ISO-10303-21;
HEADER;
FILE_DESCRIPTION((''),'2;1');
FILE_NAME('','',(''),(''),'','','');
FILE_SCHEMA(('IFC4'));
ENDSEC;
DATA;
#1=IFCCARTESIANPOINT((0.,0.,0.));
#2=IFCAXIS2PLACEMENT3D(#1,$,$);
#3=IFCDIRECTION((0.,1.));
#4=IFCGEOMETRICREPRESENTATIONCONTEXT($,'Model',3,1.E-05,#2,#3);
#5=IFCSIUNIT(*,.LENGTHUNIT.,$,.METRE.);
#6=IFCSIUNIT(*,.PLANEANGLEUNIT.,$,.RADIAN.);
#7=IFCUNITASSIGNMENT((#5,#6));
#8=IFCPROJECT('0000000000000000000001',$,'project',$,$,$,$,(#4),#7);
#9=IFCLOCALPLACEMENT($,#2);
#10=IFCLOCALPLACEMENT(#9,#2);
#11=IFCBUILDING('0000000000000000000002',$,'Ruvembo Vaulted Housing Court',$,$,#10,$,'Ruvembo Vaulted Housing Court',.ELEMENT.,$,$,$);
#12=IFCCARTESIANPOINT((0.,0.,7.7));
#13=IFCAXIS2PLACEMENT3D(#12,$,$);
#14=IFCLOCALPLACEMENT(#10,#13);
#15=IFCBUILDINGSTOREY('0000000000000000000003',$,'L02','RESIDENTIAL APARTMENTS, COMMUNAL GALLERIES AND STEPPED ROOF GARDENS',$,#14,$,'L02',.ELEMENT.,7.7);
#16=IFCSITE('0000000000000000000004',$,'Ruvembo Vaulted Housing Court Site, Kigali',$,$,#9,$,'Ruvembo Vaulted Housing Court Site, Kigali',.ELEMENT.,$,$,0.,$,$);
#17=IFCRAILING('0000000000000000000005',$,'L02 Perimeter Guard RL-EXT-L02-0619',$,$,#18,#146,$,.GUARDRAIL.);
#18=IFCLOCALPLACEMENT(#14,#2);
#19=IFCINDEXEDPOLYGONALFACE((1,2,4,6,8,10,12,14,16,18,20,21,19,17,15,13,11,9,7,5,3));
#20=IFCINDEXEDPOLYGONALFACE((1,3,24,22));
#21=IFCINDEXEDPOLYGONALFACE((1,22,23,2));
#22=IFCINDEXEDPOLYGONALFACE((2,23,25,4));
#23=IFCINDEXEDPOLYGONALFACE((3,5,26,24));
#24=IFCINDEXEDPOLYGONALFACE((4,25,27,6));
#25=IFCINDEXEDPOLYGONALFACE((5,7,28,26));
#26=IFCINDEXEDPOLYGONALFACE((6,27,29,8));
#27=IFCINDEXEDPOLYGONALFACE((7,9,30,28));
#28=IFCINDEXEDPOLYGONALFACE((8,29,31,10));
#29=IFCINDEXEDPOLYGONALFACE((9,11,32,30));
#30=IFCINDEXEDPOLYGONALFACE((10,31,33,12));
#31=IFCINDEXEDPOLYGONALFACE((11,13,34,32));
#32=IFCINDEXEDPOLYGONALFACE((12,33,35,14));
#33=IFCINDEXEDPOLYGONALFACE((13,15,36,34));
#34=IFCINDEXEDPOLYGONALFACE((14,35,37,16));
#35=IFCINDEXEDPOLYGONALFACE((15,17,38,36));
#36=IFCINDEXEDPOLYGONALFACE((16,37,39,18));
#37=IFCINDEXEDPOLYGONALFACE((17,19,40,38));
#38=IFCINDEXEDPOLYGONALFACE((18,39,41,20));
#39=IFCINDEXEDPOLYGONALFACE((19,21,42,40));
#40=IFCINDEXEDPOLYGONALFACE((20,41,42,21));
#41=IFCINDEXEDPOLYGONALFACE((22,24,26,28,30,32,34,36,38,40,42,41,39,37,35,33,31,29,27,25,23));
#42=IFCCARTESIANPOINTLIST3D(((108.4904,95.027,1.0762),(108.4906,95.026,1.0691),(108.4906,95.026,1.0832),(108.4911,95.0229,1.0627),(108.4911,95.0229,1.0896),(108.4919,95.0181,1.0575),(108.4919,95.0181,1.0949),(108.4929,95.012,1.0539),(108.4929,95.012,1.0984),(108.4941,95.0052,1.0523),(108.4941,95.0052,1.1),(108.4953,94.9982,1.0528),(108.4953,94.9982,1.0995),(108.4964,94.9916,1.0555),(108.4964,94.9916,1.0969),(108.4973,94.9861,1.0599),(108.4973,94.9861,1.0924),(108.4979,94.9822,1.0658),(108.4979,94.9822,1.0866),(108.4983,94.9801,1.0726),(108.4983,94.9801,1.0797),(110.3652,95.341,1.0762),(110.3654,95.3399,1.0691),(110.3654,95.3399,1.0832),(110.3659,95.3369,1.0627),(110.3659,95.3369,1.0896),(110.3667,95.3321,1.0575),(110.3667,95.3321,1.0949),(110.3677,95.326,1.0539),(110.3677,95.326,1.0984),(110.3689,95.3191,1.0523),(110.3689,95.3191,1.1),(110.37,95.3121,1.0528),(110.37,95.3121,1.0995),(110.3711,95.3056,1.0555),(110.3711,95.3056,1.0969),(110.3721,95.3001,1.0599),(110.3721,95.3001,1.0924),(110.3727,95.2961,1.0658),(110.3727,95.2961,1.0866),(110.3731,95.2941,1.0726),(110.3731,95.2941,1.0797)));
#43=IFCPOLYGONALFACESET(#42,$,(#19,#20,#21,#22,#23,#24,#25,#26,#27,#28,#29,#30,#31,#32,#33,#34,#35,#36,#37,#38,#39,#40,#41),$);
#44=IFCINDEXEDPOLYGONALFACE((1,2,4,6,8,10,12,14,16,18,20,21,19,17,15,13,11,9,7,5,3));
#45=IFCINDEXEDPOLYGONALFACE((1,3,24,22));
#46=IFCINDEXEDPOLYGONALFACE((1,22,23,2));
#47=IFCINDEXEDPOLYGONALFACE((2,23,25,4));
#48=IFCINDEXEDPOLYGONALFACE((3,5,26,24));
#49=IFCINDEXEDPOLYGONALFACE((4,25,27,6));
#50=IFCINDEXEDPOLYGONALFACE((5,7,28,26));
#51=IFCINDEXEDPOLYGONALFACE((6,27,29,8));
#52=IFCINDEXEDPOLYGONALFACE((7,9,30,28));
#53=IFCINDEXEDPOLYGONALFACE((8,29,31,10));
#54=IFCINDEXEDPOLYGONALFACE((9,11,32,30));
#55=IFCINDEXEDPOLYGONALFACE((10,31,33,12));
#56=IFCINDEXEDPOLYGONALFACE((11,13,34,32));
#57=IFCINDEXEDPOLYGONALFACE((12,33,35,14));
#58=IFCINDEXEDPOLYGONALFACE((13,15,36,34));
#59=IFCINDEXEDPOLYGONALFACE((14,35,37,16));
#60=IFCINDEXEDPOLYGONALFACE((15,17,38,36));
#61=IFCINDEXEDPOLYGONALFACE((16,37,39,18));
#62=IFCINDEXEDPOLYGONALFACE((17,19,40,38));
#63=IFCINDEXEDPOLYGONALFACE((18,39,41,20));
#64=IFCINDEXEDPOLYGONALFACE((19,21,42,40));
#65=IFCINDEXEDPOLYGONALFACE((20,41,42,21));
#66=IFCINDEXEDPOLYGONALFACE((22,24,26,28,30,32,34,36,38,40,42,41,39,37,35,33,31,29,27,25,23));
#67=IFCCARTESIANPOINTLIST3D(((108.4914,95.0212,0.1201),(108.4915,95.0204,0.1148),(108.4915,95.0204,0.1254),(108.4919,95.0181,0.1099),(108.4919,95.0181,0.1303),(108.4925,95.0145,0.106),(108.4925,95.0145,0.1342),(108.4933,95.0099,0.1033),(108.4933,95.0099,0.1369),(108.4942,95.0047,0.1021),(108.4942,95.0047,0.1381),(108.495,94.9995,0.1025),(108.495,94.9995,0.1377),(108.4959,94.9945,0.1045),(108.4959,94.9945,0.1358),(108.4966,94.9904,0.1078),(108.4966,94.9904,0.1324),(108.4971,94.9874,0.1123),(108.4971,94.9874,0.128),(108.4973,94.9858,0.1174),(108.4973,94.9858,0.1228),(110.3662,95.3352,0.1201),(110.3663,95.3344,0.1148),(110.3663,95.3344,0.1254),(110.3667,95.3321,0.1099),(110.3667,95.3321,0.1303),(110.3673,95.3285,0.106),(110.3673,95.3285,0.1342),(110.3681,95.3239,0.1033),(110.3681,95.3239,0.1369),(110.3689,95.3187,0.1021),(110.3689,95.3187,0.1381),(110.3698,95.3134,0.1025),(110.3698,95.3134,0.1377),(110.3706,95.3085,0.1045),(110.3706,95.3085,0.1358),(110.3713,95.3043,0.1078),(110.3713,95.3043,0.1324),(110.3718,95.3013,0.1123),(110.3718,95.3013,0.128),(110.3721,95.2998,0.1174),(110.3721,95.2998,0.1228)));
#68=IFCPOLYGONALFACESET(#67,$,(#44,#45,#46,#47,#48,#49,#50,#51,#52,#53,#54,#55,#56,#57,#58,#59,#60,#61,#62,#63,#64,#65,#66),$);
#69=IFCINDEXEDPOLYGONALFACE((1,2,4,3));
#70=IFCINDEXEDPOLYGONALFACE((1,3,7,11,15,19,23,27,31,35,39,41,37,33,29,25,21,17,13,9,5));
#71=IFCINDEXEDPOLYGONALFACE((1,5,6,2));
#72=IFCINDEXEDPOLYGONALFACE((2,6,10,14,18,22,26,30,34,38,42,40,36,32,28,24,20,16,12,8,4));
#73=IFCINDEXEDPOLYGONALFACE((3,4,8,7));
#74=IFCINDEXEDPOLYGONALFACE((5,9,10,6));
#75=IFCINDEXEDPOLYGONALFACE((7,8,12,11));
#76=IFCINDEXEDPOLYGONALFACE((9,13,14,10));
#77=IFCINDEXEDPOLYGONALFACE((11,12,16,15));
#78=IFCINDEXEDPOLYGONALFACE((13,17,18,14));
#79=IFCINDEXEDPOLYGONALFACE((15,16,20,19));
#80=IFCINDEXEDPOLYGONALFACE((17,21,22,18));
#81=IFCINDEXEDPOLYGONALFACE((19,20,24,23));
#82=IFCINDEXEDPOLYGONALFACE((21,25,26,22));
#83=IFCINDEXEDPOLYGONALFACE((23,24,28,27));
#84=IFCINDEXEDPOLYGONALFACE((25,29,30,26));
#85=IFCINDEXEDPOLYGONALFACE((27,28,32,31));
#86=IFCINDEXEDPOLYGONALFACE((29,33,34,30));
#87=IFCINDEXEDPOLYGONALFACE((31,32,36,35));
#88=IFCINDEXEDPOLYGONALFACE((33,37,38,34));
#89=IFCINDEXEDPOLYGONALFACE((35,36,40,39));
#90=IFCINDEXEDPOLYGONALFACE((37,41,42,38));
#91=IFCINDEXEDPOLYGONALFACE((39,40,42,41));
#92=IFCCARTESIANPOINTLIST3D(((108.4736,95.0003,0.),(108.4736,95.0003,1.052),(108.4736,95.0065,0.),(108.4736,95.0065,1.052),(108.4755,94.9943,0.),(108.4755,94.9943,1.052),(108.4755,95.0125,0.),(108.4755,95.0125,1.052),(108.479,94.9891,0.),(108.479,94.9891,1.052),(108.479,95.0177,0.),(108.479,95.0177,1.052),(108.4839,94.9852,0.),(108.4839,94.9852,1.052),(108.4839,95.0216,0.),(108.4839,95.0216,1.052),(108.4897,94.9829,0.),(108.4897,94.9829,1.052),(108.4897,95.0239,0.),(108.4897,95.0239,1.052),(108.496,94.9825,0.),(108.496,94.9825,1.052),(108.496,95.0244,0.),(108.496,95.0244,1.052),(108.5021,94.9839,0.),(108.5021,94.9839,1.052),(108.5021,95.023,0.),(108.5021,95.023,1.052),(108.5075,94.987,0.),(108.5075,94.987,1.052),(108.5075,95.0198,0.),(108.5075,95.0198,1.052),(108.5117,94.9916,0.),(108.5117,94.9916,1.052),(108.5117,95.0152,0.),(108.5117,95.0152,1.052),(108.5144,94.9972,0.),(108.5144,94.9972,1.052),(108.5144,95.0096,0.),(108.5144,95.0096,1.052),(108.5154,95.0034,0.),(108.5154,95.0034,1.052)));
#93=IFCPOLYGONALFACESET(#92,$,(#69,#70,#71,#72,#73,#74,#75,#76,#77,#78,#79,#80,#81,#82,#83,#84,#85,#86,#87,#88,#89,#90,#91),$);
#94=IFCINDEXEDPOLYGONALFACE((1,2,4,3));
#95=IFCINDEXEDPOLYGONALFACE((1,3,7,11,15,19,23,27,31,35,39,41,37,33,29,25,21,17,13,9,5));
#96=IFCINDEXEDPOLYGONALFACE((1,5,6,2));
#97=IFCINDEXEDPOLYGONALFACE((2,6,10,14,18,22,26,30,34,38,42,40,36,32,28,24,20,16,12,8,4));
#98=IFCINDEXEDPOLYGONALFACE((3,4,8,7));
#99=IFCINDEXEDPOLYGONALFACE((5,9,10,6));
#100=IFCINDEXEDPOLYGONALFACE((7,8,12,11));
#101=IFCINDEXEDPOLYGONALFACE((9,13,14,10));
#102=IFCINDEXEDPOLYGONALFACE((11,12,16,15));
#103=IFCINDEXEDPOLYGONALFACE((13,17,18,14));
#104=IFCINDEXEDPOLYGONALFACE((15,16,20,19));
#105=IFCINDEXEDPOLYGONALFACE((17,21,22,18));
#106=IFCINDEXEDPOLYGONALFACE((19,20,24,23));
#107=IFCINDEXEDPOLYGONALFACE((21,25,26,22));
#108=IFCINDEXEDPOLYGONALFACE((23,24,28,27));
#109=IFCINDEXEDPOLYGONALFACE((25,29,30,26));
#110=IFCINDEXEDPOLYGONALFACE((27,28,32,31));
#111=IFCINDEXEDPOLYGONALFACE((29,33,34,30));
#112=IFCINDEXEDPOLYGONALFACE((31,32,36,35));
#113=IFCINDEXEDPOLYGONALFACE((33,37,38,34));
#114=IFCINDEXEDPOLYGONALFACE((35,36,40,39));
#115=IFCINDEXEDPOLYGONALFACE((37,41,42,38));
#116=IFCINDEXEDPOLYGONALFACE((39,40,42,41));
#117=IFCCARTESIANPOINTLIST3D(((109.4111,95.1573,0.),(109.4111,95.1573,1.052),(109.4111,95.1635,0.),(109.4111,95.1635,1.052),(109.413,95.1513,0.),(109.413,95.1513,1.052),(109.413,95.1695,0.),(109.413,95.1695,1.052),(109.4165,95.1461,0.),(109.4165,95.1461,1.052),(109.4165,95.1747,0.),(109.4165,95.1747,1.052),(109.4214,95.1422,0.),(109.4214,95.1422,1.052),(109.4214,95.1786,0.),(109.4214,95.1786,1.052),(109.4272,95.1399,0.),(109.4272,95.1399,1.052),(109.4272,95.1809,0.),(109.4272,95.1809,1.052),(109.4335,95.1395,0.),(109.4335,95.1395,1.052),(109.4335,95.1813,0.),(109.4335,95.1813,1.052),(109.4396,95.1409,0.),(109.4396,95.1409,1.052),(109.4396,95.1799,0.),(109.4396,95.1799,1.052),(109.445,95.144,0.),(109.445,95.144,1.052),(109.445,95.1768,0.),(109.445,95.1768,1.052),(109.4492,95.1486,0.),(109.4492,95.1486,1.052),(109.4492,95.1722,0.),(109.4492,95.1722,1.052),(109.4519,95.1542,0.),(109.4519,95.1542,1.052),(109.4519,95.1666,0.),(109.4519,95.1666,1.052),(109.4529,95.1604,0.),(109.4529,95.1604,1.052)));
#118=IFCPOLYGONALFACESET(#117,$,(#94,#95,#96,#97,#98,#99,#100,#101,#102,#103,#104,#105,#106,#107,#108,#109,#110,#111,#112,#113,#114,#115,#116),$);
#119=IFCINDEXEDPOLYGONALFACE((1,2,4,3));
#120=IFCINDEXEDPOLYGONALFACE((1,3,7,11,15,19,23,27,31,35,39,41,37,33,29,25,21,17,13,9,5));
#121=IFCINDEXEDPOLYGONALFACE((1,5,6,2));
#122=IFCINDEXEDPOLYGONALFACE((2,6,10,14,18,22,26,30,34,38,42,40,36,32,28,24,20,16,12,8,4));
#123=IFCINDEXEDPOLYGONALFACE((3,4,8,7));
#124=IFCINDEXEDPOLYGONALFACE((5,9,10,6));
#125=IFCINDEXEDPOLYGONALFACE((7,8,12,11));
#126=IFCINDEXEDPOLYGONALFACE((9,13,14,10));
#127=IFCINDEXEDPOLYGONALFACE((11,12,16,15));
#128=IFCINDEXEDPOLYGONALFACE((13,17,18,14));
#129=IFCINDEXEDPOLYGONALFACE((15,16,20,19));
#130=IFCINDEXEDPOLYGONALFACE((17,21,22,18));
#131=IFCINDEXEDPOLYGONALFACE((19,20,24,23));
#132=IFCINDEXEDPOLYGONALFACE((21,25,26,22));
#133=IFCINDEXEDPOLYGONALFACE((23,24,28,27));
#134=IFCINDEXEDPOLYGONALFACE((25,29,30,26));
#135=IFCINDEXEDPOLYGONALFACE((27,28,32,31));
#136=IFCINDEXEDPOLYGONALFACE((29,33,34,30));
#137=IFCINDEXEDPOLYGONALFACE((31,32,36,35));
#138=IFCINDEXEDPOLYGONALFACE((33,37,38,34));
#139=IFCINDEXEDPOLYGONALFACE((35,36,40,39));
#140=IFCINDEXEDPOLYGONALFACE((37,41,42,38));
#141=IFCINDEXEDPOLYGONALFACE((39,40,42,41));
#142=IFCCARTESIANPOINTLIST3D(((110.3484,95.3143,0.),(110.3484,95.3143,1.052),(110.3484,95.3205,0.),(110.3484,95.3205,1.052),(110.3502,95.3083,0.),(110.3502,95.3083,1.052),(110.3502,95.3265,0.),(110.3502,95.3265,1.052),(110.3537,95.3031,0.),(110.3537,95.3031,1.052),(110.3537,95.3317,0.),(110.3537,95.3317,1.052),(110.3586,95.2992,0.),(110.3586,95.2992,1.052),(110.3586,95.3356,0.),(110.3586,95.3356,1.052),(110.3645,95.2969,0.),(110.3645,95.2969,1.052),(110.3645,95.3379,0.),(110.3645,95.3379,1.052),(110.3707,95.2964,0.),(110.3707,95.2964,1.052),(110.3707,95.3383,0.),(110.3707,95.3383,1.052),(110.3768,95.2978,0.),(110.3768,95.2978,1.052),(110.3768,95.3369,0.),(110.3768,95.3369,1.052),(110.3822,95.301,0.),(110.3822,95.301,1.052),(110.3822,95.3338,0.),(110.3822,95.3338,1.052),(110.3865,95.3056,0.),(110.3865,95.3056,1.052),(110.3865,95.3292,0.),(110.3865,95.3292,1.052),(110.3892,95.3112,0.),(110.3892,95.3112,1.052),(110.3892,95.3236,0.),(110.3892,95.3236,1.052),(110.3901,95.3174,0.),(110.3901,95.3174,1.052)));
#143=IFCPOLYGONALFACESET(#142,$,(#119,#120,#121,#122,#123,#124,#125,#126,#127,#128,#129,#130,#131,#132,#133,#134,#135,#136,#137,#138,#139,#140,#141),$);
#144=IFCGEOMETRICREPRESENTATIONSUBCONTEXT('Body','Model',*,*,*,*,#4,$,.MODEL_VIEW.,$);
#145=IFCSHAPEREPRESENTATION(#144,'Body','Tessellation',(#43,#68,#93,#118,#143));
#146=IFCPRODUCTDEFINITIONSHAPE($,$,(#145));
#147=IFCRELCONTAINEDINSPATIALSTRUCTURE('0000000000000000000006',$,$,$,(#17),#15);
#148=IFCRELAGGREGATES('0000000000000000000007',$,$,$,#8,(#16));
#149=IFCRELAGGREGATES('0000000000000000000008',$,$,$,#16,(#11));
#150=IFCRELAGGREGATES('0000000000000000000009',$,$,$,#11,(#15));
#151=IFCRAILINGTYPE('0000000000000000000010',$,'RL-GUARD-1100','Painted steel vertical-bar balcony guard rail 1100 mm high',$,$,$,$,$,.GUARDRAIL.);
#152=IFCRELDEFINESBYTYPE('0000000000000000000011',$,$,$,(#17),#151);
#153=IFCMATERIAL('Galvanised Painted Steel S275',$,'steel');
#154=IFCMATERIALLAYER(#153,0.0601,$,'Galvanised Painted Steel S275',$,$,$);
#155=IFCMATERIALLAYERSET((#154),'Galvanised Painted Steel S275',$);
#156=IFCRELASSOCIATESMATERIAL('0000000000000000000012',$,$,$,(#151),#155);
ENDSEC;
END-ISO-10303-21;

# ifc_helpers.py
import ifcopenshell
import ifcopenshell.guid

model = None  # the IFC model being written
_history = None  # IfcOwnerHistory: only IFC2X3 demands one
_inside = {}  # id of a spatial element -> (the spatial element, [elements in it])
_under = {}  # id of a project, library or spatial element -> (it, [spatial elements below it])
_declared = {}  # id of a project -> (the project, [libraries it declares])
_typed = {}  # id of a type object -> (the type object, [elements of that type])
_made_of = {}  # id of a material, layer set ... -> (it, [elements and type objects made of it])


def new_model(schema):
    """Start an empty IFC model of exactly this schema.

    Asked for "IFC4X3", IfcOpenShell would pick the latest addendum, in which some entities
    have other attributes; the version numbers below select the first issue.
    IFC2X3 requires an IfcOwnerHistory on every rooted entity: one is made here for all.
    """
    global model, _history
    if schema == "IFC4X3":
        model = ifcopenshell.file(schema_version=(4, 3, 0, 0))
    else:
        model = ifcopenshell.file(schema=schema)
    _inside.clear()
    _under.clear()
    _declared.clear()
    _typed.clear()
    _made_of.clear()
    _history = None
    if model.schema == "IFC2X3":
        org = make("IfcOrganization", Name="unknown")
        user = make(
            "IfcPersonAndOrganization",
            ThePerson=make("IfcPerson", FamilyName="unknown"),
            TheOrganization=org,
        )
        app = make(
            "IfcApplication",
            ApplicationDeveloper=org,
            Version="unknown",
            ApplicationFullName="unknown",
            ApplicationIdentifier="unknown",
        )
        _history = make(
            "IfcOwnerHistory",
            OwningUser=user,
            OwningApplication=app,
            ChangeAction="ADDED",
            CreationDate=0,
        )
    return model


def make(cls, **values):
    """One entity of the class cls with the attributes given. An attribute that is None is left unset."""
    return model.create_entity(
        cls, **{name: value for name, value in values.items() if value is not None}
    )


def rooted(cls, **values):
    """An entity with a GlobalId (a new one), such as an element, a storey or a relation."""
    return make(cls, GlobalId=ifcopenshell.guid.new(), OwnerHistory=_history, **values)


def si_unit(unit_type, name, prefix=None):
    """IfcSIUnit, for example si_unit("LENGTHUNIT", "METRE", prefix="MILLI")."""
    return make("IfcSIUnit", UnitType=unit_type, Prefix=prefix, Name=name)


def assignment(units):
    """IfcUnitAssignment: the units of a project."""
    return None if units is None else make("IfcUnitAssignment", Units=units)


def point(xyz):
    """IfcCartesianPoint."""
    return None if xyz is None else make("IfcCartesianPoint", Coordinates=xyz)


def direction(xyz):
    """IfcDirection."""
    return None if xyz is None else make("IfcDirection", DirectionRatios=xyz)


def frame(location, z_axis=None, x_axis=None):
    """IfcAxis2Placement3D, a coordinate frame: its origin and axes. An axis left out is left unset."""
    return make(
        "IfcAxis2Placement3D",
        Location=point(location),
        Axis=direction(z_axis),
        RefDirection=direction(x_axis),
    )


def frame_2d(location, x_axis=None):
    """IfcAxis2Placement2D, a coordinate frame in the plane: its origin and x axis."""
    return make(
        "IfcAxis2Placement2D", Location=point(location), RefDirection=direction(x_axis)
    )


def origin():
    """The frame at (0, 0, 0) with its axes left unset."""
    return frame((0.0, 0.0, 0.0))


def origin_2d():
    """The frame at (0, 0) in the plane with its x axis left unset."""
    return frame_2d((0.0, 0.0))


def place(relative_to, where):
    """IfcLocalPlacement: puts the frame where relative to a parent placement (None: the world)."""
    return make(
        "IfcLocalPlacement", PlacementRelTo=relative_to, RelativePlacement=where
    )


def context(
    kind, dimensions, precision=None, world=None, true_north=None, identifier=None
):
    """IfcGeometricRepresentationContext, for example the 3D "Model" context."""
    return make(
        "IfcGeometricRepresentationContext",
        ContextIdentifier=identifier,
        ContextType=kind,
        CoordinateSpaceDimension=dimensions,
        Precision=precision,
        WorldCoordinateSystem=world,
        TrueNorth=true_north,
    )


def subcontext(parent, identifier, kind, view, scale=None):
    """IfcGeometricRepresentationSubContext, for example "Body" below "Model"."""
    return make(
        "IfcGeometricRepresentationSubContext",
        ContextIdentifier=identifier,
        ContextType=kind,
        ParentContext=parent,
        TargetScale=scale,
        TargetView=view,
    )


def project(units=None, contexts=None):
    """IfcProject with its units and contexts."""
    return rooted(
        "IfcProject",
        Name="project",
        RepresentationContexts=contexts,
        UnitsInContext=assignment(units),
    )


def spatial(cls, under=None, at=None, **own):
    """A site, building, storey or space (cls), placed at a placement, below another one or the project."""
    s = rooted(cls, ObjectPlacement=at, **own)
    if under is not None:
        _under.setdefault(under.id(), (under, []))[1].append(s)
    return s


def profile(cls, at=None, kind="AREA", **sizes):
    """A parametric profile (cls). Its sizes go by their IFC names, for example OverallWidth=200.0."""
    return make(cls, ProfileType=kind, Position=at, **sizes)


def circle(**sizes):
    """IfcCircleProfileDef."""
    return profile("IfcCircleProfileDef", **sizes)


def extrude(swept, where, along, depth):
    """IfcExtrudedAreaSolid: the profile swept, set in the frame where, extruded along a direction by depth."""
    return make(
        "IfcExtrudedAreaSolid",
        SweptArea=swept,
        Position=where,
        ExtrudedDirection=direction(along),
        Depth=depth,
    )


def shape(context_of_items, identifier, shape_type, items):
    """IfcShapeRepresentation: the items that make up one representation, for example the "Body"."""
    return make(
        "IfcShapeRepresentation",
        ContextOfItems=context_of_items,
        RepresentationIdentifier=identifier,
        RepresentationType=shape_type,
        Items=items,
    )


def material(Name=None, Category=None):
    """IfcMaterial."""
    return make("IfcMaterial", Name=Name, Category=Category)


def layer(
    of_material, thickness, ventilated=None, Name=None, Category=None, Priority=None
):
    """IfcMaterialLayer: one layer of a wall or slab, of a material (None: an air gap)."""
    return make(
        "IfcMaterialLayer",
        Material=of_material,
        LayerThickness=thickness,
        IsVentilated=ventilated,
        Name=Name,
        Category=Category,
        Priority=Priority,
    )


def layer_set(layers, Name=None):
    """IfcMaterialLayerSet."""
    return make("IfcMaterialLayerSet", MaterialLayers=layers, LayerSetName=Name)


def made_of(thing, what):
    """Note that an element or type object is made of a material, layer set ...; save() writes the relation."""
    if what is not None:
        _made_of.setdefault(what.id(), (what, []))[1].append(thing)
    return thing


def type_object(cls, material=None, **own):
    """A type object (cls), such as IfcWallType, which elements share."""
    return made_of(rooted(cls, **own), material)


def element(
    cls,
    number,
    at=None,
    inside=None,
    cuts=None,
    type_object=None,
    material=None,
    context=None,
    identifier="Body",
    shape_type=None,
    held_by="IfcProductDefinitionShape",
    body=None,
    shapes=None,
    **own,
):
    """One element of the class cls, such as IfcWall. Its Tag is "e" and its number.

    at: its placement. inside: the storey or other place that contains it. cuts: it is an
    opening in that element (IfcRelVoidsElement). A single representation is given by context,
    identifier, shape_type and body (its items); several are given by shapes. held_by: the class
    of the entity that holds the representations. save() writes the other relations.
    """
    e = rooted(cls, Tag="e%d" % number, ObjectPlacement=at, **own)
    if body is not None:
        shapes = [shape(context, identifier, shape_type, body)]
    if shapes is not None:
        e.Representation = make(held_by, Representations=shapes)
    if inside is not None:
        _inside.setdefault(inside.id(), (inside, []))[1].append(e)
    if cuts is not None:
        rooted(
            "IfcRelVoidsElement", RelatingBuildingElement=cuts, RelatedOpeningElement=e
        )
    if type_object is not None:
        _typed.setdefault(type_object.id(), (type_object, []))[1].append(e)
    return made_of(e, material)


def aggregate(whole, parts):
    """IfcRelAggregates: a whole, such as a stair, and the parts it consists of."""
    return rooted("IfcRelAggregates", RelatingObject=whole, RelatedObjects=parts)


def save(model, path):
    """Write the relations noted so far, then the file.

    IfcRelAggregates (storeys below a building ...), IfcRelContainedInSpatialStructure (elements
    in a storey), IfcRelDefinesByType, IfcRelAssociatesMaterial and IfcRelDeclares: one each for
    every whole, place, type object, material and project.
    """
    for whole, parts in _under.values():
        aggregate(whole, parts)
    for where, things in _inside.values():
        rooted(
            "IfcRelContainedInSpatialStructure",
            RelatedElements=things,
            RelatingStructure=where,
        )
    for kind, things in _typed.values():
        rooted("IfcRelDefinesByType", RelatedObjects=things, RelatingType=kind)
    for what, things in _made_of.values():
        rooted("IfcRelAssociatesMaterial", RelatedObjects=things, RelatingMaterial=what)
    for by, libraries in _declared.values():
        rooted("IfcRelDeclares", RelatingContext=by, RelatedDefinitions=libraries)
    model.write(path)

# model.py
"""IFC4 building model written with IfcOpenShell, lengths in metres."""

from ifc_helpers import new_model, si_unit, direction, frame, origin, origin_2d, place, context, subcontext, project, spatial, circle, extrude, material, layer, layer_set, type_object, element, save


model = new_model("IFC4")

# Units and contexts
model_context = context("Model", 3, precision=1e-05, world=origin(), true_north=direction((0.0, 1.0)))
body_context = subcontext(model_context, "Body", "Model", "MODEL_VIEW")
ifc_project = project(units=[si_unit("LENGTHUNIT", "METRE"), si_unit("PLANEANGLEUNIT", "RADIAN")], contexts=[model_context])

# Site, building, storey
site_placement = place(None, origin())
site = spatial("IfcSite", under=ifc_project, at=site_placement, Name="Ruvembo Vaulted Housing Court Site, Kigali", LongName="Ruvembo Vaulted Housing Court Site, Kigali", CompositionType="ELEMENT", RefElevation=0.0)
building_placement = place(site_placement, origin())
building = spatial("IfcBuilding", under=site, at=building_placement, Name="Ruvembo Vaulted Housing Court", LongName="Ruvembo Vaulted Housing Court", CompositionType="ELEMENT")
storey_placement = place(building_placement, frame((0.0, 0.0, 7.7)))
storey = spatial("IfcBuildingStorey", under=building, at=storey_placement, Name="L02", Description="RESIDENTIAL APARTMENTS, COMMUNAL GALLERIES AND STEPPED ROOF GARDENS", LongName="L02", CompositionType="ELEMENT", Elevation=7.7)

# Railing
ifc_material_1 = material(Name="Galvanised Painted Steel S275", Category="steel")
ifc_layer = layer(ifc_material_1, 0.0601, Name="Galvanised Painted Steel S275")
ifc_layer_set = layer_set([ifc_layer], Name="Galvanised Painted Steel S275")
railing_type = type_object("IfcRailingType", Name="RL-GUARD-1100", Description="Painted steel vertical-bar balcony guard rail 1100 mm high", PredefinedType="GUARDRAIL", material=ifc_layer_set)
railing_1_placement = place(storey_placement, frame((108.4944, 95.0034, 0.0)))
element("IfcRailing", 1, at=railing_1_placement, inside=storey, type_object=railing_type, Name="L02 Perimeter Guard RL-EXT-L02-0619", PredefinedType="GUARDRAIL", context=body_context, shape_type="SweptSolid", body=[
    extrude(circle(Radius=0.0239, at=origin_2d()), frame((0.0, 0.0, 1.0762), z_axis=(0.986265, 0.16517, 0.0), x_axis=(-0.16517, 0.986265, 0.0)), (0.0, 0.0, 1.0), 1.9009),
    extrude(circle(Radius=0.0181, at=origin_2d()), frame((0.0, 0.0, 0.1201), z_axis=(0.986265, 0.16517, 0.0), x_axis=(-0.16517, 0.986265, 0.0)), (0.0, 0.0, 1.0), 1.9009),
    extrude(circle(Radius=0.021, at=origin_2d()), origin(), (0.0, 0.0, 1.0), 1.052),
    extrude(circle(Radius=0.021, at=origin_2d()), frame((0.9375, 0.157, 0.0)), (0.0, 0.0, 1.0), 1.052),
    extrude(circle(Radius=0.021, at=origin_2d()), frame((1.8748, 0.314, 0.0)), (0.0, 0.0, 1.0), 1.052),
])

save(model, "model.ifc")
